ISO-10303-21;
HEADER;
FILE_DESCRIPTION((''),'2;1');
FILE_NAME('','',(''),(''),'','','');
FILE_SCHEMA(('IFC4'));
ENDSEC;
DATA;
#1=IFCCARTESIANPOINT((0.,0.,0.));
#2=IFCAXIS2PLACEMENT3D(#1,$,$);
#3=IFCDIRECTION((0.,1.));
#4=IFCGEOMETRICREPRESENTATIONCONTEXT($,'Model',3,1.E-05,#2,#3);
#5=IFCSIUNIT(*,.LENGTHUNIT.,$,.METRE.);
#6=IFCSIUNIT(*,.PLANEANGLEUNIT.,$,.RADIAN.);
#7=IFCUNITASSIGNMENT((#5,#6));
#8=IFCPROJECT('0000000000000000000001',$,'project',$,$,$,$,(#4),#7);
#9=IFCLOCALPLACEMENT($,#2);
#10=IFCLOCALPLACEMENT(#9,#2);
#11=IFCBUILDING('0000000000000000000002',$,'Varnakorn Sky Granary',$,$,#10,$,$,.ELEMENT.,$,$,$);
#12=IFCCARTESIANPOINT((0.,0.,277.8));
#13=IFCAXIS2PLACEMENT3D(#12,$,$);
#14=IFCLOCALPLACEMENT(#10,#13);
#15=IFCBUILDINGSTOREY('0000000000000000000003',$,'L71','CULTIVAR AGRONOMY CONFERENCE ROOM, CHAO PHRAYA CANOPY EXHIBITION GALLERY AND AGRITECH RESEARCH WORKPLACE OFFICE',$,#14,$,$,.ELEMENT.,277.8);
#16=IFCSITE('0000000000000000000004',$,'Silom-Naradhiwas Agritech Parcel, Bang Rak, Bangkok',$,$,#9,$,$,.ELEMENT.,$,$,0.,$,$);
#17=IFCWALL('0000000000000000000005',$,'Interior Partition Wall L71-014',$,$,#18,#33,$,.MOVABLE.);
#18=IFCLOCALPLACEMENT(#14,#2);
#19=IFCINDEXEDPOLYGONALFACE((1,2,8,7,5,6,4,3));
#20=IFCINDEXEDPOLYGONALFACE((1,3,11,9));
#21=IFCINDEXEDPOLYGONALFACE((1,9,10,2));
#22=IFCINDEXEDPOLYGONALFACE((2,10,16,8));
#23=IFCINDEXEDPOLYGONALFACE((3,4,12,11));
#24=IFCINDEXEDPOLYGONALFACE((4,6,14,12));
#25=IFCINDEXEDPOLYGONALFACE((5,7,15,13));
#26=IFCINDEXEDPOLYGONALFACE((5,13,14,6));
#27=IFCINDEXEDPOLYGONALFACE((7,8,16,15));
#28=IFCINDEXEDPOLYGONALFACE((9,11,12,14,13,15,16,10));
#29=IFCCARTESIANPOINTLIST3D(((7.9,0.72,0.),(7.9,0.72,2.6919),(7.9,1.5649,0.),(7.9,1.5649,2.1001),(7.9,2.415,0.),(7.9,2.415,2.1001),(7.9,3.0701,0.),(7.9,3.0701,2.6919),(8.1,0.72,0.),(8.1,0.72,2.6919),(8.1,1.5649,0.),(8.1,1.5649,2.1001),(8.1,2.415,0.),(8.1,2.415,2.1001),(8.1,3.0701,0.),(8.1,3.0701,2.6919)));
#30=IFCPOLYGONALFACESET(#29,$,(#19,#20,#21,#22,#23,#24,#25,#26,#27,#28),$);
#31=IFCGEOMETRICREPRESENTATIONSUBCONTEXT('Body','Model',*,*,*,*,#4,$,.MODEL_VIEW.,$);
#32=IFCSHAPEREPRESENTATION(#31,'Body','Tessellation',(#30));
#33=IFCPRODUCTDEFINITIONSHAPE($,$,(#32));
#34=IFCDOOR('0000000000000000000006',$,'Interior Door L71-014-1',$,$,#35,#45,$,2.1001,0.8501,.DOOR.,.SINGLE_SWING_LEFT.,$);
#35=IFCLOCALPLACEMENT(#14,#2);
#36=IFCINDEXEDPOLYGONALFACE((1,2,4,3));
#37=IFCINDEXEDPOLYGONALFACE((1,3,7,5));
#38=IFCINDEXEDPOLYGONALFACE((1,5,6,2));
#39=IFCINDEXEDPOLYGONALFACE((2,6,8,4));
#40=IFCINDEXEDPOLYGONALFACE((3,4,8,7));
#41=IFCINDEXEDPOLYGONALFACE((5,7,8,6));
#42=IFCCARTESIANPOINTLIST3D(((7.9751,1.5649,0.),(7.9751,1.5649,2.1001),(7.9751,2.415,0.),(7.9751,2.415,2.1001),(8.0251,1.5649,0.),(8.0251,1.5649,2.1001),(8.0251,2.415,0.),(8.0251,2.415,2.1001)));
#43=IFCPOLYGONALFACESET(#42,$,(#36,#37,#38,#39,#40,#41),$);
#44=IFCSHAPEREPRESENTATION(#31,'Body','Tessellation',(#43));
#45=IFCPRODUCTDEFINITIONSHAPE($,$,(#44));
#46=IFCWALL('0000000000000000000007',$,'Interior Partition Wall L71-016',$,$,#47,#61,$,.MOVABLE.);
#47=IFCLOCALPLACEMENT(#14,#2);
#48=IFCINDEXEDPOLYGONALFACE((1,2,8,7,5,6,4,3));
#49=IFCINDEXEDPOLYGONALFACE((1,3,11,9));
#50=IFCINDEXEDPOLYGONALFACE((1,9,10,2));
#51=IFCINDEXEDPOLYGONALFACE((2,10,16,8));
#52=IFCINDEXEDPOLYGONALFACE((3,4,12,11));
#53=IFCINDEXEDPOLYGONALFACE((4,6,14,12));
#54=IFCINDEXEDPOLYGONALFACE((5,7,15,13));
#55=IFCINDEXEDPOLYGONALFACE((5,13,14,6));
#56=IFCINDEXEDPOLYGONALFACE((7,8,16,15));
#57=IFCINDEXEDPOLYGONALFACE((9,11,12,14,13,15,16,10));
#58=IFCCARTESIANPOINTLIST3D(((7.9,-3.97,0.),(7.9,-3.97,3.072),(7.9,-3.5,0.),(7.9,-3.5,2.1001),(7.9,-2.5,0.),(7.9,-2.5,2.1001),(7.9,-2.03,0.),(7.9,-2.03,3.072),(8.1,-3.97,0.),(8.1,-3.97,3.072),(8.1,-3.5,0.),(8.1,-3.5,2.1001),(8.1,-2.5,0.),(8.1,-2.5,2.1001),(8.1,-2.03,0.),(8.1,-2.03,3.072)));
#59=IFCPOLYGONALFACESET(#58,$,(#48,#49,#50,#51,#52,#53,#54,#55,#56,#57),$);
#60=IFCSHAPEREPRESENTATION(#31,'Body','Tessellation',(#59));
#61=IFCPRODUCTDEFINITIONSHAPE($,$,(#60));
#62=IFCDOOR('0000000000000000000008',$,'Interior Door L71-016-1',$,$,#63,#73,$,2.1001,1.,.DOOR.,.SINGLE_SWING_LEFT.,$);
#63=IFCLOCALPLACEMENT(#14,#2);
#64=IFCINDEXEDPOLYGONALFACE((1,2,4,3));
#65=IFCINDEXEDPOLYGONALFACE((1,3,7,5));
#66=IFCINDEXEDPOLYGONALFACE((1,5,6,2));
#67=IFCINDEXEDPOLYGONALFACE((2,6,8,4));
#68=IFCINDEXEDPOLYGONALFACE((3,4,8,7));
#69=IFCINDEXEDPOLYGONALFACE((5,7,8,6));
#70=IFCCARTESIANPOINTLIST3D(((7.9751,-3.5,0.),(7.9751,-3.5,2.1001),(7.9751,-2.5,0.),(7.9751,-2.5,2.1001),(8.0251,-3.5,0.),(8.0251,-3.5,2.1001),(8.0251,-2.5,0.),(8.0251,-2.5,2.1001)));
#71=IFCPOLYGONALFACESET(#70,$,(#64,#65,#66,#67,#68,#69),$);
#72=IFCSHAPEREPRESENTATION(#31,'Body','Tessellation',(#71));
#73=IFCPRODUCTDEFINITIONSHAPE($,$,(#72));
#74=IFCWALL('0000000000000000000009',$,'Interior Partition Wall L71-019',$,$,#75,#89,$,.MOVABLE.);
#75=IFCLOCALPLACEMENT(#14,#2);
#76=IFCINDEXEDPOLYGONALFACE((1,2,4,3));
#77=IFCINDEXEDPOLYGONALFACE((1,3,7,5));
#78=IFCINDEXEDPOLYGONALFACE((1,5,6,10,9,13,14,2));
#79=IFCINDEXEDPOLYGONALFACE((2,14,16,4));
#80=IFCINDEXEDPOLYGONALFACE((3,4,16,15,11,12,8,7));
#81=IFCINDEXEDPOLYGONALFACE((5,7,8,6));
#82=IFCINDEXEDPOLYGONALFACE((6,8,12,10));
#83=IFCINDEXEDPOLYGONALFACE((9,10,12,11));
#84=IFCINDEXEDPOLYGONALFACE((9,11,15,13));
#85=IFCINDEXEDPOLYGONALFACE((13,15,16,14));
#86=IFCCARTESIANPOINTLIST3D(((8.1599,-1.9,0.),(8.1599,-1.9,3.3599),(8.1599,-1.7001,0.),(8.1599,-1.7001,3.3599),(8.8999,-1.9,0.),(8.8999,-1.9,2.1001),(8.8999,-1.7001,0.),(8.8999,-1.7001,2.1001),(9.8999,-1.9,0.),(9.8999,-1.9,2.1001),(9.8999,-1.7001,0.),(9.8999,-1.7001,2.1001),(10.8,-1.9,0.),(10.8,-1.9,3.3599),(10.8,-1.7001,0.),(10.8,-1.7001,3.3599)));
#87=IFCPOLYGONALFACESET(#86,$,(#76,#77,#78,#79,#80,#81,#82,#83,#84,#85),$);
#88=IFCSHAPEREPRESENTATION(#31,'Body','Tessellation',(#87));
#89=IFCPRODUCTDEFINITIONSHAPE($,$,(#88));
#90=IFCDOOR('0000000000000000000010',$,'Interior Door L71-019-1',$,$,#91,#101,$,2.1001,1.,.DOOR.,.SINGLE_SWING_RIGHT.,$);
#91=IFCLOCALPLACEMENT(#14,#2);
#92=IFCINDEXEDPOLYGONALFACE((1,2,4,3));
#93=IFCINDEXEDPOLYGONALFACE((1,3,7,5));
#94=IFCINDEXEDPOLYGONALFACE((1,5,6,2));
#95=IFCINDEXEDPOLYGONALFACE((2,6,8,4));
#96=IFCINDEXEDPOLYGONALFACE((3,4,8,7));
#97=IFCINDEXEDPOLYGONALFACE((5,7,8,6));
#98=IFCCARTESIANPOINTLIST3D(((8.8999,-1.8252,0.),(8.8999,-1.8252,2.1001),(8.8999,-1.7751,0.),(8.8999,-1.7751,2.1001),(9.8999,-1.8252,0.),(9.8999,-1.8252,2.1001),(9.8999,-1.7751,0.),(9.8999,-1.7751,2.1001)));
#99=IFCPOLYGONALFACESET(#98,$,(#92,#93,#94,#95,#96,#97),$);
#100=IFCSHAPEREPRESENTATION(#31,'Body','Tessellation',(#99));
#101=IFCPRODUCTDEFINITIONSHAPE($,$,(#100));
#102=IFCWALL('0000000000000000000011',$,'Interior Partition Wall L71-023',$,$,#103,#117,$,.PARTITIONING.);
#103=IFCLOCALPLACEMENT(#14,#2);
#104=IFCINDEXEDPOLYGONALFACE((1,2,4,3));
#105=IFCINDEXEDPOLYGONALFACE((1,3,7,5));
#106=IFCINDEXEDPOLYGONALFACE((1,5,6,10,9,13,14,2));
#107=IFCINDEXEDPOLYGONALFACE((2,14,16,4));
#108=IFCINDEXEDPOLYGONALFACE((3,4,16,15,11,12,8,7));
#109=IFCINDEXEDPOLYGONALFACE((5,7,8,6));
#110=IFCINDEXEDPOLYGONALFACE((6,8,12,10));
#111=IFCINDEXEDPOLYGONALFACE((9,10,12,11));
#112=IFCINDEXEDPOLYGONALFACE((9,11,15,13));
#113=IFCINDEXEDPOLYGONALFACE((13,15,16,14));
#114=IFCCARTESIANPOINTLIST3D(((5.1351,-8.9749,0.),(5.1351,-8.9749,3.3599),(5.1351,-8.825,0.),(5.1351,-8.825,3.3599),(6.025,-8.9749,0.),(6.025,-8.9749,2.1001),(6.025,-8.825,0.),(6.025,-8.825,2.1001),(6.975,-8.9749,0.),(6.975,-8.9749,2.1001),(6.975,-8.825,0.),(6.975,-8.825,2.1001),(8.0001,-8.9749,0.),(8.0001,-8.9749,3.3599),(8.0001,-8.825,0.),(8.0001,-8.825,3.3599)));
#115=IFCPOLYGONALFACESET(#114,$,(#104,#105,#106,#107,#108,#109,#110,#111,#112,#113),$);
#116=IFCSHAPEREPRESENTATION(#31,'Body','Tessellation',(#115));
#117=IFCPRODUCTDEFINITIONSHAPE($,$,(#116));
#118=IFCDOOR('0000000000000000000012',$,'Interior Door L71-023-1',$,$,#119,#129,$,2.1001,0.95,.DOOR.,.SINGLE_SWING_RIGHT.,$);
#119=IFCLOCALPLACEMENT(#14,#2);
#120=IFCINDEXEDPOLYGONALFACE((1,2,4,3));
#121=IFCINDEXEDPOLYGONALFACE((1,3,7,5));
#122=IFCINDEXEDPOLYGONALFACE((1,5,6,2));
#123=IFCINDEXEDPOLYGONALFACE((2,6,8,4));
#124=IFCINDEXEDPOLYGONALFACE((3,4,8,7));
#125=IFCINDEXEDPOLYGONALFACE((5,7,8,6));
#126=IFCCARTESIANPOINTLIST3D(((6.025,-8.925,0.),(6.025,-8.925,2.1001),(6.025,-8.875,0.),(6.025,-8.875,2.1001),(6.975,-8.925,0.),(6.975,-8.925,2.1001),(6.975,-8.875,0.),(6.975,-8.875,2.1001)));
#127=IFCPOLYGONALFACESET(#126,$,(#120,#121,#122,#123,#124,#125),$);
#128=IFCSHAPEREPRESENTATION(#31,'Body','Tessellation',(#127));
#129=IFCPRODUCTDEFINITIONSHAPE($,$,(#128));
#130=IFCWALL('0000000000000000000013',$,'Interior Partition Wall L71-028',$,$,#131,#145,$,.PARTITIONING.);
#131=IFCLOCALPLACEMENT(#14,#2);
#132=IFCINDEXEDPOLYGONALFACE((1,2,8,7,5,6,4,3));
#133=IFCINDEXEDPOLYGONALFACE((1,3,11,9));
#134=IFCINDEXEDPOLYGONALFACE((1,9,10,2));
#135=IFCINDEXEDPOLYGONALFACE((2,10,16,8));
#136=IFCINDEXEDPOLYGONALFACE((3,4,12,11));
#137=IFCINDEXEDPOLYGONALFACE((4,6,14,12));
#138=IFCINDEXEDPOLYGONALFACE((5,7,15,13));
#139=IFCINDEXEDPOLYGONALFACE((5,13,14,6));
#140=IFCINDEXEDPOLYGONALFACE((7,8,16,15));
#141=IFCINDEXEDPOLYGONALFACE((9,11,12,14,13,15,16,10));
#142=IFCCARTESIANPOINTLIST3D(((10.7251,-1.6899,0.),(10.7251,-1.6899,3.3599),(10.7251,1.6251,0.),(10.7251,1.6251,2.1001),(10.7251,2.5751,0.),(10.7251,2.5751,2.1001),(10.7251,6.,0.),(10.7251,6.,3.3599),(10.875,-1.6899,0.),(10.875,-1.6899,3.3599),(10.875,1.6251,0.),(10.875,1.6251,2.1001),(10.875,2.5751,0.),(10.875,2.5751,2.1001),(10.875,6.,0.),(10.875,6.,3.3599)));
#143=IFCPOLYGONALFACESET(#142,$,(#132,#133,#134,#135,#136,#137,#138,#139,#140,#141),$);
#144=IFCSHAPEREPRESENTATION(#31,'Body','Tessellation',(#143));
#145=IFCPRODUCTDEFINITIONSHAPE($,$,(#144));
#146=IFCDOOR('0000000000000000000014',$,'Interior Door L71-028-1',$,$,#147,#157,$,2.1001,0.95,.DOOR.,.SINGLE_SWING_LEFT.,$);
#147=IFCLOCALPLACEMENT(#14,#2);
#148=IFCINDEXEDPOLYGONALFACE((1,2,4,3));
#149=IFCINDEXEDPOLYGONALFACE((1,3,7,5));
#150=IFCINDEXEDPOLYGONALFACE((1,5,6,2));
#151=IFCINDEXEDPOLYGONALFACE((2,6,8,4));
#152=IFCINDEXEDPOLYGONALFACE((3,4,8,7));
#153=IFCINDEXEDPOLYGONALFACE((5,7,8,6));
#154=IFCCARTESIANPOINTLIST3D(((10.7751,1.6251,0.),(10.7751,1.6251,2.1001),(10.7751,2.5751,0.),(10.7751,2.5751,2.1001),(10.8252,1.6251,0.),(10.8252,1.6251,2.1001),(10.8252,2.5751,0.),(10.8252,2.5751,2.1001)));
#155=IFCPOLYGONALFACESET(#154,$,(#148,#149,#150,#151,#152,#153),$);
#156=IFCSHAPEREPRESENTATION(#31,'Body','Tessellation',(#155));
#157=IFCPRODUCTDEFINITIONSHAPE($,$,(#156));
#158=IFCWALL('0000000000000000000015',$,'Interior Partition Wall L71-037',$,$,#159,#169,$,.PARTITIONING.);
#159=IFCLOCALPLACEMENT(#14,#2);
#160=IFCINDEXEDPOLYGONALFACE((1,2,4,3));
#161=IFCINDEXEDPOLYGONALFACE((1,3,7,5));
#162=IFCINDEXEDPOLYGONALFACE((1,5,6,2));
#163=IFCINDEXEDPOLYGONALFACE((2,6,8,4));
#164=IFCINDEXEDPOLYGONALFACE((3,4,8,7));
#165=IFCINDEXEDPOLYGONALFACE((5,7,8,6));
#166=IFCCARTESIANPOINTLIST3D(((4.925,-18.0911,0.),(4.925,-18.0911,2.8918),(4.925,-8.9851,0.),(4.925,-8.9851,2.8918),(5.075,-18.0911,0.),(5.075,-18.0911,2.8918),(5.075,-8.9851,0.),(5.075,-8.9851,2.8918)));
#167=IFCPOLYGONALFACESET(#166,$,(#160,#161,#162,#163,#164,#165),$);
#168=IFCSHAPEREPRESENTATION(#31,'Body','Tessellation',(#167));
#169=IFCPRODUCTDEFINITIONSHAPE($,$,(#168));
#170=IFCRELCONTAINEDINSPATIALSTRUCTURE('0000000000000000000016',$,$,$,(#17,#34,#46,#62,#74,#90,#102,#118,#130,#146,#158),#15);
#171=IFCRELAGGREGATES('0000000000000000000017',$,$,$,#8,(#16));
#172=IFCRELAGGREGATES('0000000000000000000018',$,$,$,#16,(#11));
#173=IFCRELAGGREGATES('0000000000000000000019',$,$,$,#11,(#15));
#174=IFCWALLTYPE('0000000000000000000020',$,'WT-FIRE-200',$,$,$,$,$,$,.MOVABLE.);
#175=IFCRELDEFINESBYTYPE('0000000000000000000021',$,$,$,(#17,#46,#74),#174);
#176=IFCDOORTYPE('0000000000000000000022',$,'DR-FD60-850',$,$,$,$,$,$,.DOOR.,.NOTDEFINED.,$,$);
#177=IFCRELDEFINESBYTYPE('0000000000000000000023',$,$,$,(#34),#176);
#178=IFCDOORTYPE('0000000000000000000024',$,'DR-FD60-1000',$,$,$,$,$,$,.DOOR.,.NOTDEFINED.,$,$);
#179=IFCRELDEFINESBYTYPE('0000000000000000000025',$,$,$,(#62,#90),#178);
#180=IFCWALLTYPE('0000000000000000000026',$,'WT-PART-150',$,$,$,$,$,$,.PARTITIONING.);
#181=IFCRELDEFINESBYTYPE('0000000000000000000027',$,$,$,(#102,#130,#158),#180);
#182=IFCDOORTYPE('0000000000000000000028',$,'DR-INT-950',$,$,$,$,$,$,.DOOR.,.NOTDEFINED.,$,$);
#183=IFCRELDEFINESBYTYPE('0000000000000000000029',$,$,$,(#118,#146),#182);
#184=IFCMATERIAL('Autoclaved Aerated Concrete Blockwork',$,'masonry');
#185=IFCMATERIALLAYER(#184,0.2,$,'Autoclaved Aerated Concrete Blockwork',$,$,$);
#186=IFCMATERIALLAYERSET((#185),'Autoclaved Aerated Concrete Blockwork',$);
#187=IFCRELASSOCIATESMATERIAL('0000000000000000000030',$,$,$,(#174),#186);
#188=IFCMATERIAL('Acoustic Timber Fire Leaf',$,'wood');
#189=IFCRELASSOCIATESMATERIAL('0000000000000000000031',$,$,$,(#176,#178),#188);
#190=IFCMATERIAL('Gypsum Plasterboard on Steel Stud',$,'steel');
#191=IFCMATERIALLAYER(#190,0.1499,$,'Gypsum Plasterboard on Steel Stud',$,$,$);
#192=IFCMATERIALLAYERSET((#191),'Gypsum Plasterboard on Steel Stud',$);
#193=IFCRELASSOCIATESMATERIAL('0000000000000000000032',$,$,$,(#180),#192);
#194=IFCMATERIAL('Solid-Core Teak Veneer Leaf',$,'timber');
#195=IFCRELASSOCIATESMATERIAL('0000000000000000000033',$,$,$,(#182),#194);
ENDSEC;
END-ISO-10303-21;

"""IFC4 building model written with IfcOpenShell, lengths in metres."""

from ifc_helpers import new_model, si_unit, direction, frame, frame_2d, origin, place, context, subcontext, project, spatial, rectangle, extrude, material, layer, layer_set, type_object, element, fill, save


model = new_model("IFC4")

# Units and contexts
model_context = context("Model", 3, precision=1e-05, world=origin(), true_north=direction((0.0, 1.0)))
body_context = subcontext(model_context, "Body", "Model", "MODEL_VIEW")
ifc_project = project(units=[si_unit("LENGTHUNIT", "METRE"), si_unit("PLANEANGLEUNIT", "RADIAN")], contexts=[model_context])

# Site, building, storey
site_placement = place(None, origin())
site = spatial("IfcSite", under=ifc_project, at=site_placement, Name="Silom-Naradhiwas Agritech Parcel, Bang Rak, Bangkok", CompositionType="ELEMENT", RefElevation=0.0)
building_placement = place(site_placement, origin())
building = spatial("IfcBuilding", under=site, at=building_placement, Name="Varnakorn Sky Granary", CompositionType="ELEMENT")
storey_placement = place(building_placement, frame((0.0, 0.0, 277.8)))
storey = spatial("IfcBuildingStorey", under=building, at=storey_placement, Name="L71", Description="CULTIVAR AGRONOMY CONFERENCE ROOM, CHAO PHRAYA CANOPY EXHIBITION GALLERY AND AGRITECH RESEARCH WORKPLACE OFFICE", CompositionType="ELEMENT", Elevation=277.8)

# Walls, openings, doors
ifc_material_1 = material(Name="Autoclaved Aerated Concrete Blockwork", Category="masonry")
ifc_layer_1 = layer(ifc_material_1, 0.2, Name="Autoclaved Aerated Concrete Blockwork")
ifc_layer_set_1 = layer_set([ifc_layer_1], Name="Autoclaved Aerated Concrete Blockwork")
wall_type_1 = type_object("IfcWallType", Name="WT-FIRE-200", PredefinedType="MOVABLE", material=ifc_layer_set_1)
wall_1_placement = place(storey_placement, frame((8.0, 0.72, 0.0), z_axis=(0.0, 0.0, 1.0), x_axis=(0.0, 1.0, 0.0)))
wall_1 = element("IfcWall", 1, at=wall_1_placement, inside=storey, type_object=wall_type_1, Name="Interior Partition Wall L71-014", PredefinedType="MOVABLE", context=body_context, shape_type="SweptSolid", body=[
    extrude(rectangle(XDim=2.3501, YDim=0.2, at=frame_2d((1.175, 0.0))), origin(), (0.0, 0.0, 1.0), 2.6919),
])
opening_1_placement = place(wall_1_placement, frame((0.845, 0.0, 0.0)))
opening_1 = element("IfcOpeningElement", 2, at=opening_1_placement, cuts=wall_1, PredefinedType="OPENING", context=body_context, shape_type="SweptSolid", body=[
    extrude(rectangle(XDim=0.8501, YDim=2.1001, at=frame_2d((0.425, 1.05))), frame((0.0, 0.1099, 0.0), z_axis=(0.0, -1.0, 0.0), x_axis=(1.0, 0.0, 0.0)), (0.0, 0.0, 1.0), 0.22),
])
ifc_material_2 = material(Name="Acoustic Timber Fire Leaf", Category="wood")
door_type_1 = type_object("IfcDoorType", Name="DR-FD60-850", OperationType="NOTDEFINED", PredefinedType="DOOR", material=ifc_material_2)
door_1_placement = place(opening_1_placement, origin())
door_1 = element("IfcDoor", 3, at=door_1_placement, inside=storey, type_object=door_type_1, Name="Interior Door L71-014-1", OperationType="SINGLE_SWING_LEFT", OverallHeight=2.1001, OverallWidth=0.8501, PredefinedType="DOOR", context=body_context, shape_type="SweptSolid", body=[
    extrude(rectangle(XDim=0.8501, YDim=2.1001, at=frame_2d((0.425, 1.05))), frame((0.0, 0.0249, 0.0), z_axis=(0.0, -1.0, 0.0), x_axis=(1.0, 0.0, 0.0)), (0.0, 0.0, 1.0), 0.05),
])
fill(opening_1, door_1)
wall_2_placement = place(storey_placement, frame((8.0, -3.97, 0.0), z_axis=(0.0, 0.0, 1.0), x_axis=(0.0, 1.0, 0.0)))
wall_2 = element("IfcWall", 4, at=wall_2_placement, inside=storey, type_object=wall_type_1, Name="Interior Partition Wall L71-016", PredefinedType="MOVABLE", context=body_context, shape_type="SweptSolid", body=[
    extrude(rectangle(XDim=1.9399, YDim=0.2, at=frame_2d((0.97, 0.0))), origin(), (0.0, 0.0, 1.0), 3.072),
])
opening_2_placement = place(wall_2_placement, frame((0.47, 0.0, 0.0)))
opening_2 = element("IfcOpeningElement", 5, at=opening_2_placement, cuts=wall_2, PredefinedType="OPENING", context=body_context, shape_type="SweptSolid", body=[
    extrude(rectangle(XDim=1.0, YDim=2.1001, at=frame_2d((0.5, 1.05))), frame((0.0, 0.1099, 0.0), z_axis=(0.0, -1.0, 0.0), x_axis=(1.0, 0.0, 0.0)), (0.0, 0.0, 1.0), 0.22),
])
door_type_2 = type_object("IfcDoorType", Name="DR-FD60-1000", OperationType="NOTDEFINED", PredefinedType="DOOR", material=ifc_material_2)
door_2_placement = place(opening_2_placement, origin())
door_2 = element("IfcDoor", 6, at=door_2_placement, inside=storey, type_object=door_type_2, Name="Interior Door L71-016-1", OperationType="SINGLE_SWING_LEFT", OverallHeight=2.1001, OverallWidth=1.0, PredefinedType="DOOR", context=body_context, shape_type="SweptSolid", body=[
    extrude(rectangle(XDim=1.0, YDim=2.1001, at=frame_2d((0.5, 1.05))), frame((0.0, 0.0249, 0.0), z_axis=(0.0, -1.0, 0.0), x_axis=(1.0, 0.0, 0.0)), (0.0, 0.0, 1.0), 0.05),
])
fill(opening_2, door_2)
wall_3_placement = place(storey_placement, frame((8.1599, -1.8, 0.0), z_axis=(0.0, 0.0, 1.0), x_axis=(1.0, 0.0, 0.0)))
wall_3 = element("IfcWall", 7, at=wall_3_placement, inside=storey, type_object=wall_type_1, Name="Interior Partition Wall L71-019", PredefinedType="MOVABLE", context=body_context, shape_type="SweptSolid", body=[
    extrude(rectangle(XDim=2.6401, YDim=0.2, at=frame_2d((1.3201, 0.0))), origin(), (0.0, 0.0, 1.0), 3.3599),
])
opening_3_placement = place(wall_3_placement, frame((0.74, 0.0, 0.0)))
opening_3 = element("IfcOpeningElement", 8, at=opening_3_placement, cuts=wall_3, PredefinedType="OPENING", context=body_context, shape_type="SweptSolid", body=[
    extrude(rectangle(XDim=1.0, YDim=2.1001, at=frame_2d((0.5, 1.05))), frame((0.0, 0.1099, 0.0), z_axis=(0.0, -1.0, 0.0), x_axis=(1.0, 0.0, 0.0)), (0.0, 0.0, 1.0), 0.22),
])
door_3_placement = place(opening_3_placement, origin())
door_3 = element("IfcDoor", 9, at=door_3_placement, inside=storey, type_object=door_type_2, Name="Interior Door L71-019-1", OperationType="SINGLE_SWING_RIGHT", OverallHeight=2.1001, OverallWidth=1.0, PredefinedType="DOOR", context=body_context, shape_type="SweptSolid", body=[
    extrude(rectangle(XDim=1.0, YDim=2.1001, at=frame_2d((0.5, 1.05))), frame((0.0, 0.0249, 0.0), z_axis=(0.0, -1.0, 0.0), x_axis=(1.0, 0.0, 0.0)), (0.0, 0.0, 1.0), 0.05),
])
fill(opening_3, door_3)
ifc_material_3 = material(Name="Gypsum Plasterboard on Steel Stud", Category="steel")
ifc_layer_2 = layer(ifc_material_3, 0.1499, Name="Gypsum Plasterboard on Steel Stud")
ifc_layer_set_2 = layer_set([ifc_layer_2], Name="Gypsum Plasterboard on Steel Stud")
wall_type_2 = type_object("IfcWallType", Name="WT-PART-150", PredefinedType="PARTITIONING", material=ifc_layer_set_2)
wall_4_placement = place(storey_placement, frame((5.135, -8.8999, 0.0), z_axis=(0.0, 0.0, 1.0), x_axis=(1.0, 0.0, 0.0)))
wall_4 = element("IfcWall", 10, at=wall_4_placement, inside=storey, type_object=wall_type_2, Name="Interior Partition Wall L71-023", PredefinedType="PARTITIONING", context=body_context, shape_type="SweptSolid", body=[
    extrude(rectangle(XDim=2.865, YDim=0.1499, at=frame_2d((1.4326, 0.0))), origin(), (0.0, 0.0, 1.0), 3.3599),
])
opening_4_placement = place(wall_4_placement, frame((0.8899, 0.0, 0.0)))
opening_4 = element("IfcOpeningElement", 11, at=opening_4_placement, cuts=wall_4, PredefinedType="OPENING", context=body_context, shape_type="SweptSolid", body=[
    extrude(rectangle(XDim=0.95, YDim=2.1001, at=frame_2d((0.4751, 1.05))), frame((0.0, 0.085, 0.0), z_axis=(0.0, -1.0, 0.0), x_axis=(1.0, 0.0, 0.0)), (0.0, 0.0, 1.0), 0.1699),
])
ifc_material_4 = material(Name="Solid-Core Teak Veneer Leaf", Category="timber")
door_type_3 = type_object("IfcDoorType", Name="DR-INT-950", OperationType="NOTDEFINED", PredefinedType="DOOR", material=ifc_material_4)
door_4_placement = place(opening_4_placement, origin())
door_4 = element("IfcDoor", 12, at=door_4_placement, inside=storey, type_object=door_type_3, Name="Interior Door L71-023-1", OperationType="SINGLE_SWING_RIGHT", OverallHeight=2.1001, OverallWidth=0.95, PredefinedType="DOOR", context=body_context, shape_type="SweptSolid", body=[
    extrude(rectangle(XDim=0.95, YDim=2.1001, at=frame_2d((0.4751, 1.05))), frame((0.0, 0.0249, 0.0), z_axis=(0.0, -1.0, 0.0), x_axis=(1.0, 0.0, 0.0)), (0.0, 0.0, 1.0), 0.05),
])
fill(opening_4, door_4)
wall_5_placement = place(storey_placement, frame((10.8, -1.6899, 0.0), z_axis=(0.0, 0.0, 1.0), x_axis=(0.0, 1.0, 0.0)))
wall_5 = element("IfcWall", 13, at=wall_5_placement, inside=storey, type_object=wall_type_2, Name="Interior Partition Wall L71-028", PredefinedType="PARTITIONING", context=body_context, shape_type="SweptSolid", body=[
    extrude(rectangle(XDim=7.6899, YDim=0.1499, at=frame_2d((3.845, 0.0))), origin(), (0.0, 0.0, 1.0), 3.3599),
])
opening_5_placement = place(wall_5_placement, frame((3.3149, 0.0, 0.0)))
opening_5 = element("IfcOpeningElement", 14, at=opening_5_placement, cuts=wall_5, PredefinedType="OPENING", context=body_context, shape_type="SweptSolid", body=[
    extrude(rectangle(XDim=0.95, YDim=2.1001, at=frame_2d((0.4751, 1.05))), frame((0.0, 0.085, 0.0), z_axis=(0.0, -1.0, 0.0), x_axis=(1.0, 0.0, 0.0)), (0.0, 0.0, 1.0), 0.1699),
])
door_5_placement = place(opening_5_placement, origin())
door_5 = element("IfcDoor", 15, at=door_5_placement, inside=storey, type_object=door_type_3, Name="Interior Door L71-028-1", OperationType="SINGLE_SWING_LEFT", OverallHeight=2.1001, OverallWidth=0.95, PredefinedType="DOOR", context=body_context, shape_type="SweptSolid", body=[
    extrude(rectangle(XDim=0.95, YDim=2.1001, at=frame_2d((0.4751, 1.05))), frame((0.0, 0.0249, 0.0), z_axis=(0.0, -1.0, 0.0), x_axis=(1.0, 0.0, 0.0)), (0.0, 0.0, 1.0), 0.05),
])
fill(opening_5, door_5)

# Wall
wall_6_placement = place(storey_placement, frame((5.0, -8.9851, 0.0), z_axis=(0.0, 0.0, 1.0), x_axis=(0.0, -1.0, 0.0)))
element("IfcWall", 16, at=wall_6_placement, inside=storey, type_object=wall_type_2, Name="Interior Partition Wall L71-037", PredefinedType="PARTITIONING", context=body_context, shape_type="SweptSolid", body=[
    extrude(rectangle(XDim=9.106, YDim=0.1499, at=frame_2d((4.553, 0.0))), origin(), (0.0, 0.0, 1.0), 2.8918),
])

save(model, "model.ifc")
